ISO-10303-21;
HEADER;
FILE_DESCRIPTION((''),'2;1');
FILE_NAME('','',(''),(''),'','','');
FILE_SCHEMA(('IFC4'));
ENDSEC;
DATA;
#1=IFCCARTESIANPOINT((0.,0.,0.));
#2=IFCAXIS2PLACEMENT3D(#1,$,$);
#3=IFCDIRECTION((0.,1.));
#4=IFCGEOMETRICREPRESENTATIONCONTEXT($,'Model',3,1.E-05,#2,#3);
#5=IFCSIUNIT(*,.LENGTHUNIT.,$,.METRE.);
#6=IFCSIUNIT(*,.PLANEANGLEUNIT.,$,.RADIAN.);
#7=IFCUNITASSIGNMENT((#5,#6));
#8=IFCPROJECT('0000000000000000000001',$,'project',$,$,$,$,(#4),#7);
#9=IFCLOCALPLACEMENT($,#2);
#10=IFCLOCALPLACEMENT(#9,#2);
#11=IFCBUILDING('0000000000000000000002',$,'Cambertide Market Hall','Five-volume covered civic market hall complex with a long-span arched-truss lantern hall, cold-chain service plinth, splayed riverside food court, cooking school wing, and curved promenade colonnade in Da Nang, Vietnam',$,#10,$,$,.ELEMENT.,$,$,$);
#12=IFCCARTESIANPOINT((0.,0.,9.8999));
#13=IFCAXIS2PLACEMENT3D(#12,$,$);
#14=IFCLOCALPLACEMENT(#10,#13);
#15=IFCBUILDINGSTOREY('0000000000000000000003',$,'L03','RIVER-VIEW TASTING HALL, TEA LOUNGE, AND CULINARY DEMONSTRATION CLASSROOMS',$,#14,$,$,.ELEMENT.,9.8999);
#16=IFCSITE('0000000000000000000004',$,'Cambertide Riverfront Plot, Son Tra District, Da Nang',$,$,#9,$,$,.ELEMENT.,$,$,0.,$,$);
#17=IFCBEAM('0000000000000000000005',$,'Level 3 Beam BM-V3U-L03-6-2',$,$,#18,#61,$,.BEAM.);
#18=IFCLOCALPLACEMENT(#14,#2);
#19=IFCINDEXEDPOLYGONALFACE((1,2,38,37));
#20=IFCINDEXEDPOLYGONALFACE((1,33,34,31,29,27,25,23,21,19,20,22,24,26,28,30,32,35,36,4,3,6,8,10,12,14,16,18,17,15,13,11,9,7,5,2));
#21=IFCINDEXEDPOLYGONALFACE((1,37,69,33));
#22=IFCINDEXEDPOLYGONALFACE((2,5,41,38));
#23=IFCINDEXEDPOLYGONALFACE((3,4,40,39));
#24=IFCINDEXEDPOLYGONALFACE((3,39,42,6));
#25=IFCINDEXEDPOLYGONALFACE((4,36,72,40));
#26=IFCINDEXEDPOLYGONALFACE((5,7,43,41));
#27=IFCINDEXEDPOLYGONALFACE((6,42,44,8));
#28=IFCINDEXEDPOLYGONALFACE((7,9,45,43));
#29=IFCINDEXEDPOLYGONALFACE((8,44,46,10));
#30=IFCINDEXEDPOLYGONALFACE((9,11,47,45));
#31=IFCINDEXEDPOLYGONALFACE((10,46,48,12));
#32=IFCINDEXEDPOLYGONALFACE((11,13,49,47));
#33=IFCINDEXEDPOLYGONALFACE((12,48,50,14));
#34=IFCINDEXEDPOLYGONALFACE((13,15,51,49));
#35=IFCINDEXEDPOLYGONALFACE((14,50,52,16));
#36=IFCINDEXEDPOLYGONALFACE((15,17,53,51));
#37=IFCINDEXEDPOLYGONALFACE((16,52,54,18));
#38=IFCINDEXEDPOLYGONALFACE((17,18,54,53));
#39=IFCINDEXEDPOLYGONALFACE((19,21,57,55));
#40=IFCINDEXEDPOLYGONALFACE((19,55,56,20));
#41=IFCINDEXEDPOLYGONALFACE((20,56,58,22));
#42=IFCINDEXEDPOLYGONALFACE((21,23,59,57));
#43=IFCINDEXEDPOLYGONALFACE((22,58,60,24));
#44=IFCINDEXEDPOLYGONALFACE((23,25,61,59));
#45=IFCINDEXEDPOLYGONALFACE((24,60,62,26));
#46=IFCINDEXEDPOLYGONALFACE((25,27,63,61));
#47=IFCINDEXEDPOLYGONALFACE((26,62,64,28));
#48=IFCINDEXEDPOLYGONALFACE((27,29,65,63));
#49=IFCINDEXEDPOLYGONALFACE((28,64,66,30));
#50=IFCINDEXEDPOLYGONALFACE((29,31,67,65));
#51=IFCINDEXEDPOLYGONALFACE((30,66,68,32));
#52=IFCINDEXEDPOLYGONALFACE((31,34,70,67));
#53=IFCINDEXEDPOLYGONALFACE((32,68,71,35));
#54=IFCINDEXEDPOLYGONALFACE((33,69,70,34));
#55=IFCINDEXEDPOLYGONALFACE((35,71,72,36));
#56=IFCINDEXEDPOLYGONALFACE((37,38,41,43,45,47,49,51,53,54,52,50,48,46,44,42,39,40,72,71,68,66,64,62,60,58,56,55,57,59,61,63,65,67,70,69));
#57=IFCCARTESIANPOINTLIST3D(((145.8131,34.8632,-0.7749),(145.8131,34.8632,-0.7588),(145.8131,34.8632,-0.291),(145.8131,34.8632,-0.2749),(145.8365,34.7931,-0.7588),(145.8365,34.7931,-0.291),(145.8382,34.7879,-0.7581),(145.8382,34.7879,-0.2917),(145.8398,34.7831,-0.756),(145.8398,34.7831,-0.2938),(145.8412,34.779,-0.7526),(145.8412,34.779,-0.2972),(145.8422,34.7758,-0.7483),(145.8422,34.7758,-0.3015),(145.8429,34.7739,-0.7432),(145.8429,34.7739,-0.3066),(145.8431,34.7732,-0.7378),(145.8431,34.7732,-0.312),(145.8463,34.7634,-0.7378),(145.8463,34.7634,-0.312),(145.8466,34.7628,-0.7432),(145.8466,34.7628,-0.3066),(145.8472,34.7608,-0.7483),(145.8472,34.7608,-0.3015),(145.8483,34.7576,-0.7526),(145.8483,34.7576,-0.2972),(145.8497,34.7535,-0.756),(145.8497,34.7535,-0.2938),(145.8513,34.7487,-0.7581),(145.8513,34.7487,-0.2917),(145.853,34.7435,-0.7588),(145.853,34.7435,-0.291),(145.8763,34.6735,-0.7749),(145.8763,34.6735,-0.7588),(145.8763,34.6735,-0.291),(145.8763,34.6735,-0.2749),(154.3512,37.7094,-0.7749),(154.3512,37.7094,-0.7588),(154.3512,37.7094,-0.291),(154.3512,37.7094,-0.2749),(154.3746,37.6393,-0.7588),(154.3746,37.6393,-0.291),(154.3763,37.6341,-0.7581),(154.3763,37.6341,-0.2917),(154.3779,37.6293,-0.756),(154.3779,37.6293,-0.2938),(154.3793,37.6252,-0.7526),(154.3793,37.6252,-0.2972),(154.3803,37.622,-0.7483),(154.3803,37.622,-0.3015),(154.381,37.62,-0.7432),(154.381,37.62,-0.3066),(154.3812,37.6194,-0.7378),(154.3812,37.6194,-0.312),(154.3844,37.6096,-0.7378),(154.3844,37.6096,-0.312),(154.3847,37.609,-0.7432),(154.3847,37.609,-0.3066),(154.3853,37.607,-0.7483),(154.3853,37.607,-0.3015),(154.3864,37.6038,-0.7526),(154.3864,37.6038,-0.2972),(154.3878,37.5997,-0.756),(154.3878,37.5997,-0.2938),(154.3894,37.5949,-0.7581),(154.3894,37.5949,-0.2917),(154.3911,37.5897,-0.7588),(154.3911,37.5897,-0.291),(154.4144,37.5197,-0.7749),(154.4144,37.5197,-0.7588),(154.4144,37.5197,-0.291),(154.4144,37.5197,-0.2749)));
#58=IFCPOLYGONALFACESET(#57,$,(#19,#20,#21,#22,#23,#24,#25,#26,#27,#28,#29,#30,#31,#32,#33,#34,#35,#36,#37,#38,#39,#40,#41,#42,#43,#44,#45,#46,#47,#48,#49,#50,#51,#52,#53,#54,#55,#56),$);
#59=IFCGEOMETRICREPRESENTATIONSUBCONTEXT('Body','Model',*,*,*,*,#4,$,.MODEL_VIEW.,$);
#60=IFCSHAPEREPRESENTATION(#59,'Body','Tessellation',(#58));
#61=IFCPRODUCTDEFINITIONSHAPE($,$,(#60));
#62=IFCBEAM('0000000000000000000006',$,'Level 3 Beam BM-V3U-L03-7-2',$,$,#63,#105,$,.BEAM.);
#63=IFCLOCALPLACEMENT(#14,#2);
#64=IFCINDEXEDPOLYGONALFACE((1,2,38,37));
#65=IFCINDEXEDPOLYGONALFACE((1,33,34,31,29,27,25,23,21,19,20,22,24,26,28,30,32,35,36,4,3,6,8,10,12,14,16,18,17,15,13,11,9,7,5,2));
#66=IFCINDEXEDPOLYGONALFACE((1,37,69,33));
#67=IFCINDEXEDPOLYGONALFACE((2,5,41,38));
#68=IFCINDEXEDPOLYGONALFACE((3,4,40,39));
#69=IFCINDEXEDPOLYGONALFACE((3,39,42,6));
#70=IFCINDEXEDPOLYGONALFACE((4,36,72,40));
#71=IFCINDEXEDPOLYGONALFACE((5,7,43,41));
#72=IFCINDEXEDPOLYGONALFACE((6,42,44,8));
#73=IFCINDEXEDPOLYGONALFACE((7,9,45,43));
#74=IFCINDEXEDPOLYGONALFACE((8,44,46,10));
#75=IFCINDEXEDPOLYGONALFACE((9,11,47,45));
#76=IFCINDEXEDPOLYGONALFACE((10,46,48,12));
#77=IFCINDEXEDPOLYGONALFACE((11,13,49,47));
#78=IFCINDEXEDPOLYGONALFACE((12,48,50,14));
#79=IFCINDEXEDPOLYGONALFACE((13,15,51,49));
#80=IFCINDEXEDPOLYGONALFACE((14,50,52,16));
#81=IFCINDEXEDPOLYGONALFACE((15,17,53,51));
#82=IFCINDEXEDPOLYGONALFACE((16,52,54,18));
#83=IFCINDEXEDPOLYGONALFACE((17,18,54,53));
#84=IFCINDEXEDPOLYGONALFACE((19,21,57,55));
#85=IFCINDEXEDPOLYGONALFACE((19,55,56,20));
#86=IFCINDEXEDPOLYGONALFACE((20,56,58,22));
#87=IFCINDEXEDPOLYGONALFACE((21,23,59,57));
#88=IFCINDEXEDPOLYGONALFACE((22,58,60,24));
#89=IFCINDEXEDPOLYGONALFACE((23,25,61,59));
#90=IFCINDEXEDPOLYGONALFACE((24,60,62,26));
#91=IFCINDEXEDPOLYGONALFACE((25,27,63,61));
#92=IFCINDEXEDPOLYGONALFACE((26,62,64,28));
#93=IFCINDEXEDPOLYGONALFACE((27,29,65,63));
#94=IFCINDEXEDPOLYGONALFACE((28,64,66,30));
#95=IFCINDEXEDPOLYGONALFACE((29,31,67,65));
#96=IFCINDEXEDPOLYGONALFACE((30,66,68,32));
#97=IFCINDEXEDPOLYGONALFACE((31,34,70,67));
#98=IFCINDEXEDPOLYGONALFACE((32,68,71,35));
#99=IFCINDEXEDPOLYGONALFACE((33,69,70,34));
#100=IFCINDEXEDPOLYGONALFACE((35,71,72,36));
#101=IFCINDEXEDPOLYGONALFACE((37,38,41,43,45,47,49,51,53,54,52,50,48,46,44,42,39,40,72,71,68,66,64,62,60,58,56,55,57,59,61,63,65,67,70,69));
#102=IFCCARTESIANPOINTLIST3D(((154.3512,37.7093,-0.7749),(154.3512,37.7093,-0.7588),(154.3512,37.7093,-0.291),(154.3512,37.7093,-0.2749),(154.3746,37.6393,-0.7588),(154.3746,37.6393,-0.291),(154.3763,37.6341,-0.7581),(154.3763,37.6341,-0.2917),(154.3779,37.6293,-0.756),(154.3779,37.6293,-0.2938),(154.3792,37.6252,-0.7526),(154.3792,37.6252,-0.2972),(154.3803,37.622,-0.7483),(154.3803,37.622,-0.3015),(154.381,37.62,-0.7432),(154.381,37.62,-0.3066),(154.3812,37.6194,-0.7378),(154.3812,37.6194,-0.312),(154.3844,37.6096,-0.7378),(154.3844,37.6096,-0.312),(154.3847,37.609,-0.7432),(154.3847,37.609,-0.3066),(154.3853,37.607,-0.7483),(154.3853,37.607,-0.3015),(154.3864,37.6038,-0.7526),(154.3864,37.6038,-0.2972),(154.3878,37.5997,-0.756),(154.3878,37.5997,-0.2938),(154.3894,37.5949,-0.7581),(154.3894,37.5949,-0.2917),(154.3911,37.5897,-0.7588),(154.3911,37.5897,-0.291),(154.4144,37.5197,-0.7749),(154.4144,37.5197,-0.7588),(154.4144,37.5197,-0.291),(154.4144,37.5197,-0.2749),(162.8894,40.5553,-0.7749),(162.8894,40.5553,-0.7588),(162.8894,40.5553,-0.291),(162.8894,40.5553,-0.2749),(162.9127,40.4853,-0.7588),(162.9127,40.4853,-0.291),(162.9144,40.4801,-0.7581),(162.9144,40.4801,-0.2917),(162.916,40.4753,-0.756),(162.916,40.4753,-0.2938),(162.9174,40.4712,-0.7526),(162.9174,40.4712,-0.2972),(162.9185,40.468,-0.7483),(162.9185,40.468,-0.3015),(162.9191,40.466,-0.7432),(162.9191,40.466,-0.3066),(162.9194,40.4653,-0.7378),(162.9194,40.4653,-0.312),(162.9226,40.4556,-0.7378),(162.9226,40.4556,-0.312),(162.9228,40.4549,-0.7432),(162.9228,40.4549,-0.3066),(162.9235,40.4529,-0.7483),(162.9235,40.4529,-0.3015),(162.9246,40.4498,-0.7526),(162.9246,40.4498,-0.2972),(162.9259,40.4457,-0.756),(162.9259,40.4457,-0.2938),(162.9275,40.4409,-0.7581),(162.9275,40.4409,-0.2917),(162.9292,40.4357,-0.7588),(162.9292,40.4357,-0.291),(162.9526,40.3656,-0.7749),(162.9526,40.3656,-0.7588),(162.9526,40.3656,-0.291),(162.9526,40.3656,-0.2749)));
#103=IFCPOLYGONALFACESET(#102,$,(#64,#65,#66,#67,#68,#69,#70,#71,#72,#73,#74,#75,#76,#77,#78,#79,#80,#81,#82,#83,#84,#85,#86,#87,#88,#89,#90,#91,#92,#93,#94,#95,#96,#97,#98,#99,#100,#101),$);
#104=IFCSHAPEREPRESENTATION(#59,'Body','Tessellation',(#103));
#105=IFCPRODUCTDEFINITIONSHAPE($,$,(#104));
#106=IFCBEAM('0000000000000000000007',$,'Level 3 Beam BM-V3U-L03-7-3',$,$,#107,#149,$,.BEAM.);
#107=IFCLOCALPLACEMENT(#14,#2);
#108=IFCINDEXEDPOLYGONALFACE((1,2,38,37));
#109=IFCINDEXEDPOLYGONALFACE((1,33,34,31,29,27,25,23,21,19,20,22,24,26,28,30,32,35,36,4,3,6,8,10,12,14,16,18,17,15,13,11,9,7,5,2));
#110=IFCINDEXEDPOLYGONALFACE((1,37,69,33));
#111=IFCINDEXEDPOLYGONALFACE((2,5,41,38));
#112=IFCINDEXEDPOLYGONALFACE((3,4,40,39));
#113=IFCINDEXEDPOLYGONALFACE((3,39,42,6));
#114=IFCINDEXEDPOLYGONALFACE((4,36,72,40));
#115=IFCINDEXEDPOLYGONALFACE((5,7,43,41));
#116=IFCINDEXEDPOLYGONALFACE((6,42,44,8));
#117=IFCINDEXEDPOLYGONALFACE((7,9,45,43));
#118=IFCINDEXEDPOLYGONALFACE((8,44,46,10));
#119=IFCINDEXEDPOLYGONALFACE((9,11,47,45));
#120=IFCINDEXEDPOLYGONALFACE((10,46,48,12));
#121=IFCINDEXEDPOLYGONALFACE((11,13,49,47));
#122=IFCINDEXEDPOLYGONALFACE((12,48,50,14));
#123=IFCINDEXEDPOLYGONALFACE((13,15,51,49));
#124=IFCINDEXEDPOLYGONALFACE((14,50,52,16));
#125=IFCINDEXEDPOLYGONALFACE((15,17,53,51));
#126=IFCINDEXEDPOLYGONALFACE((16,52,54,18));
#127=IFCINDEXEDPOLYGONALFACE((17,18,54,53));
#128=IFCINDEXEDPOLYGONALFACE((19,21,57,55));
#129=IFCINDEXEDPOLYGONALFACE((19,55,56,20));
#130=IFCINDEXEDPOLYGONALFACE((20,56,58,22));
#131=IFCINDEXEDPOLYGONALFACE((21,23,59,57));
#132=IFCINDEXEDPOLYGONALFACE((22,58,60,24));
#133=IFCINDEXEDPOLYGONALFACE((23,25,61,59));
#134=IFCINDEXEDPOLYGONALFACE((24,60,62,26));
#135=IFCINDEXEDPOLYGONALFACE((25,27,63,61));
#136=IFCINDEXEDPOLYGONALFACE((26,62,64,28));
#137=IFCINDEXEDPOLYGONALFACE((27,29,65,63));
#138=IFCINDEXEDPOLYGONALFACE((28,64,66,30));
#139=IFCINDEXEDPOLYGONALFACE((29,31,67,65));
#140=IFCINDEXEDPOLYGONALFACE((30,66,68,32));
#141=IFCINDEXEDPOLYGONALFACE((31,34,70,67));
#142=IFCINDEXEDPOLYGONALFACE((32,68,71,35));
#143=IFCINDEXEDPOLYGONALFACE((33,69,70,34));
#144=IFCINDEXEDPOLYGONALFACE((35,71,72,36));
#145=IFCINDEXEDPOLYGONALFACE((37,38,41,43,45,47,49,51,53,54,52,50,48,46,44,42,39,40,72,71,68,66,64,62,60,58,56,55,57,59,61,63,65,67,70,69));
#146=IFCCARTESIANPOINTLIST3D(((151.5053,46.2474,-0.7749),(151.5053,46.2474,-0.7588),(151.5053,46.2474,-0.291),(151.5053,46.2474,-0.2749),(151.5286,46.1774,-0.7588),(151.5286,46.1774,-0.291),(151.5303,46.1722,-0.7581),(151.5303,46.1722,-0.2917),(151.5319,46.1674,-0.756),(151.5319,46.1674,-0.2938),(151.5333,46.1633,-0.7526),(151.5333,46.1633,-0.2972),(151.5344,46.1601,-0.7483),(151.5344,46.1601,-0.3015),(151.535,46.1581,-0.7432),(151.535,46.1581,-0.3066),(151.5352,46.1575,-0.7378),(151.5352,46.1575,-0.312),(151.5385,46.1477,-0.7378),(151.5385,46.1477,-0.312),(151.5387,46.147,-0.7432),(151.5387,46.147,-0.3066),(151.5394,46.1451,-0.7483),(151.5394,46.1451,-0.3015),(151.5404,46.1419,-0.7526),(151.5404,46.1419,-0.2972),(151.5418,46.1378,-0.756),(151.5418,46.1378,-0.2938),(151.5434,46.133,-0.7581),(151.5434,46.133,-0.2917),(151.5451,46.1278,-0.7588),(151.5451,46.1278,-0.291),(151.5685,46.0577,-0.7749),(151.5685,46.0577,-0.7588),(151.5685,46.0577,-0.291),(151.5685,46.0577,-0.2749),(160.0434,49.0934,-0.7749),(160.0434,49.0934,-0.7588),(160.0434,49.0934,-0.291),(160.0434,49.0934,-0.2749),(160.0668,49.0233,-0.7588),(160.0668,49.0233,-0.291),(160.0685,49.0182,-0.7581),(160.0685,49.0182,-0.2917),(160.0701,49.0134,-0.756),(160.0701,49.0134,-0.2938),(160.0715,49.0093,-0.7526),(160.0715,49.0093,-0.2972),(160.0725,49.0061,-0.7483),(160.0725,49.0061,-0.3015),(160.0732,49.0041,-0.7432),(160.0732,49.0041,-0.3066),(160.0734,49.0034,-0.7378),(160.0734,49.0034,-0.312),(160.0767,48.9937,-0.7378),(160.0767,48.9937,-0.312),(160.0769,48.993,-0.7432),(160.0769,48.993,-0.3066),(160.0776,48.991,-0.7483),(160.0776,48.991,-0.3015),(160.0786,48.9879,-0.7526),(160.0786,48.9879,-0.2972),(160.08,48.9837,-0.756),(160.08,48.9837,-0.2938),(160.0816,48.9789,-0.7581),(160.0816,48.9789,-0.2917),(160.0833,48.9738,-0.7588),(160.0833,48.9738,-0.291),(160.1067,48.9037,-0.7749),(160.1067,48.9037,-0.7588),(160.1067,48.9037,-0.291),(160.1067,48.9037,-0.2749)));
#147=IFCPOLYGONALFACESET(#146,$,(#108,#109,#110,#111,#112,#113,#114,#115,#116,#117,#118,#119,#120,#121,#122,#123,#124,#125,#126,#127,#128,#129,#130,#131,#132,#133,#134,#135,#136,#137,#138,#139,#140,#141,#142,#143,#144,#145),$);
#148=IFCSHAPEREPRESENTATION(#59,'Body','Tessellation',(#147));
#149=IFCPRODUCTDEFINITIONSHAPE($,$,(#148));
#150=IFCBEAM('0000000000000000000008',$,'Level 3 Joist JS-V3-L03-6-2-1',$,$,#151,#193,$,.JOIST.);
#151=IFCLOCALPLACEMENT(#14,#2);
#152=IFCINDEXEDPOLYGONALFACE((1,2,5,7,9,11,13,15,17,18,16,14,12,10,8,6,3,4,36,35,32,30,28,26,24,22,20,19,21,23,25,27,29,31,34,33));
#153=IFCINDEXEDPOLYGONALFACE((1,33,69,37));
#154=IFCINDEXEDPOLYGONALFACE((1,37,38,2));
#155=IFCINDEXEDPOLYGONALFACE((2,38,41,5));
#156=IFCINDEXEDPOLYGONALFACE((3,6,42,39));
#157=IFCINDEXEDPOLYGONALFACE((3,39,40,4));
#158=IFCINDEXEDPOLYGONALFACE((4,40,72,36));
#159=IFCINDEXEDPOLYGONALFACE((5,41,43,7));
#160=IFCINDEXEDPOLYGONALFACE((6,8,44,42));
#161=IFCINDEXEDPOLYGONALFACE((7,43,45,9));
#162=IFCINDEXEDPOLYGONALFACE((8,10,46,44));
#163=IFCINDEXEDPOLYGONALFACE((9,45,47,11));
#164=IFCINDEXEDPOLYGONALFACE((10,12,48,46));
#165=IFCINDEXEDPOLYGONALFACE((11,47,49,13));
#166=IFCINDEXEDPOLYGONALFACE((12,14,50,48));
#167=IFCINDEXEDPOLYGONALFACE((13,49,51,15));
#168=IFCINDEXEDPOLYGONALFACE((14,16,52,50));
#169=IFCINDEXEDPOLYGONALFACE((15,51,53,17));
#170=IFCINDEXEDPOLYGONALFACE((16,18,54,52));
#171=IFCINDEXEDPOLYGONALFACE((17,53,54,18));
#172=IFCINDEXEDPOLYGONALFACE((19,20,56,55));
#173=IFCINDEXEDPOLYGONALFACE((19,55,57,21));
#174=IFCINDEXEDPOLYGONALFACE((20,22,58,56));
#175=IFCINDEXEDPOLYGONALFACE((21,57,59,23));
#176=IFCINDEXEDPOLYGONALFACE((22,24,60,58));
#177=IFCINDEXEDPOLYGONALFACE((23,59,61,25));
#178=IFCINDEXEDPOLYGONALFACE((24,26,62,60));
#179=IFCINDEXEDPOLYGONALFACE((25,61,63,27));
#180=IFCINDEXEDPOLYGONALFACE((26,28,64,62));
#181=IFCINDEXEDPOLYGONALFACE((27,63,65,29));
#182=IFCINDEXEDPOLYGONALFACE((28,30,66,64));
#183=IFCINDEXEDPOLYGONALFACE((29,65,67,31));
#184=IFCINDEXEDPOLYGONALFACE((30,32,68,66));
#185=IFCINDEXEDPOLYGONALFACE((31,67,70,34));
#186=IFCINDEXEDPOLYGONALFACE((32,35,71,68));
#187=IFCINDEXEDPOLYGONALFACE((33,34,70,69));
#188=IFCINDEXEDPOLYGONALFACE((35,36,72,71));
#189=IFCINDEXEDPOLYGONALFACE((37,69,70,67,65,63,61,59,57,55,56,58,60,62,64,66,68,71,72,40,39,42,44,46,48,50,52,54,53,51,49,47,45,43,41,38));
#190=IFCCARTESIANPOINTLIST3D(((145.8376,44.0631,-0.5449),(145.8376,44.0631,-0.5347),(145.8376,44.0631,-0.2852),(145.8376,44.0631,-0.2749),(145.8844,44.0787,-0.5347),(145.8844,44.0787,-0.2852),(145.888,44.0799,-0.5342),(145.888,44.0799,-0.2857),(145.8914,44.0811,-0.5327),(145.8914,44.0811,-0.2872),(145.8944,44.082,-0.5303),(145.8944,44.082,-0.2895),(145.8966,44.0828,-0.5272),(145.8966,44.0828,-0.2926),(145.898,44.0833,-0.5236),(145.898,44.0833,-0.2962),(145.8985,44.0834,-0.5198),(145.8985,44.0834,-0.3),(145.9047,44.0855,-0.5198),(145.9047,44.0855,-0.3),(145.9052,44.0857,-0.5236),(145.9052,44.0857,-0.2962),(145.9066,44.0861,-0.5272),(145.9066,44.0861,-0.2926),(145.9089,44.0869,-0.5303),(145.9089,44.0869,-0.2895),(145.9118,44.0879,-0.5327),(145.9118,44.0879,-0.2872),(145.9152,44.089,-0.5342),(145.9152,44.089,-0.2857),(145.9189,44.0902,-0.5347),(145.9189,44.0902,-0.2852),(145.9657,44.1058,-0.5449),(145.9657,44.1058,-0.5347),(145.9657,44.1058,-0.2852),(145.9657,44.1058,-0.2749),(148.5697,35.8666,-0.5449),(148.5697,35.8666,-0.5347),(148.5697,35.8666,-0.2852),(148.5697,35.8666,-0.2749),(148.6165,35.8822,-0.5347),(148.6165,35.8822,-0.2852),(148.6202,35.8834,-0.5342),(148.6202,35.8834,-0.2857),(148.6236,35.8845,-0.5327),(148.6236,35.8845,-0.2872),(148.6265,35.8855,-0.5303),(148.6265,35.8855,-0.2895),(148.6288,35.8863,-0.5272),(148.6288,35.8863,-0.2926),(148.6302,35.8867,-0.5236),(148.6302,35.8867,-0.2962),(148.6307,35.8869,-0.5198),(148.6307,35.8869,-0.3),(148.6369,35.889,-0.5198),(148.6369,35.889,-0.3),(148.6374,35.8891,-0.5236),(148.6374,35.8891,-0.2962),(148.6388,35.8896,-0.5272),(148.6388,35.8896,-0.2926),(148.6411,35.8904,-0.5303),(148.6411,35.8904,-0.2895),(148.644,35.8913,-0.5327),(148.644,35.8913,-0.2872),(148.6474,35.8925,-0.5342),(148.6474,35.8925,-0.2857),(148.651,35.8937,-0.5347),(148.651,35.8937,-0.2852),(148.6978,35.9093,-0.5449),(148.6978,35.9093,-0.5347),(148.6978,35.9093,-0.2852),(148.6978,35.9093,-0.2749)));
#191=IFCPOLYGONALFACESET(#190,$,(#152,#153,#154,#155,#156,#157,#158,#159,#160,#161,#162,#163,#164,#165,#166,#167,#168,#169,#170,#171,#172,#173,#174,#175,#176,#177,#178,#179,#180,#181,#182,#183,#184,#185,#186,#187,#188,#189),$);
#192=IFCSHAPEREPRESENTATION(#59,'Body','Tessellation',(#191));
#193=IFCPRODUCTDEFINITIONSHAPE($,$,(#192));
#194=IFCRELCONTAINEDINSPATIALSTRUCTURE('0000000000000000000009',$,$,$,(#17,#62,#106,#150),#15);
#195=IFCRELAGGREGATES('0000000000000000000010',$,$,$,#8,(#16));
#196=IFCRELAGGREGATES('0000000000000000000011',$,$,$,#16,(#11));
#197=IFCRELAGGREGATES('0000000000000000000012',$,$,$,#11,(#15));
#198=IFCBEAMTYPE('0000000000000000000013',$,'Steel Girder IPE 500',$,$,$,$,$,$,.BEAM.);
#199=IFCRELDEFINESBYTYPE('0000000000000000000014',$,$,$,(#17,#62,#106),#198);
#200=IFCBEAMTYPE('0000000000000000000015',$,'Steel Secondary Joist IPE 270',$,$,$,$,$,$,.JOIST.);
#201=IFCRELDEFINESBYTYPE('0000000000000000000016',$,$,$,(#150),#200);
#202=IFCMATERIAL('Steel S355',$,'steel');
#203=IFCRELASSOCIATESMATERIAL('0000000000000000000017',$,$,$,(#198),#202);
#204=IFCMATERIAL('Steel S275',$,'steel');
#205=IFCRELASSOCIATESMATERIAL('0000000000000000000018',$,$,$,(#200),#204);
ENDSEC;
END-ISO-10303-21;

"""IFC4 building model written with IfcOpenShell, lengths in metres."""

from ifc_helpers import new_model, si_unit, direction, frame, origin, origin_2d, place, context, subcontext, project, spatial, i_section, extrude, material, material_profile, profile_set, type_object, element, save


model = new_model("IFC4")

# Units and contexts
model_context = context("Model", 3, precision=1e-05, world=origin(), true_north=direction((0.0, 1.0)))
body_context = subcontext(model_context, "Body", "Model", "MODEL_VIEW")
ifc_project = project(units=[si_unit("LENGTHUNIT", "METRE"), si_unit("PLANEANGLEUNIT", "RADIAN")], contexts=[model_context])

# Site, building, storey
site_placement = place(None, origin())
site = spatial("IfcSite", under=ifc_project, at=site_placement, Name="Cambertide Riverfront Plot, Son Tra District, Da Nang", CompositionType="ELEMENT", RefElevation=0.0)
building_placement = place(site_placement, origin())
building = spatial("IfcBuilding", under=site, at=building_placement, Name="Cambertide Market Hall", Description="Five-volume covered civic market hall complex with a long-span arched-truss lantern hall, cold-chain service plinth, splayed riverside food court, cooking school wing, and curved promenade colonnade in Da Nang, Vietnam", CompositionType="ELEMENT")
storey_placement = place(building_placement, frame((0.0, 0.0, 9.8999)))
storey = spatial("IfcBuildingStorey", under=building, at=storey_placement, Name="L03", Description="RIVER-VIEW TASTING HALL, TEA LOUNGE, AND CULINARY DEMONSTRATION CLASSROOMS", CompositionType="ELEMENT", Elevation=9.8999)

# Beams
ifc_material_1 = material(Name="Steel S355", Category="steel")
ifc_material_profile_1 = material_profile(ifc_material_1, i_section(OverallWidth=0.2, OverallDepth=0.5, WebThickness=0.0103, FlangeThickness=0.0161, FilletRadius=0.021, at=origin_2d()), Name="IPE 500")
ifc_profile_set_1 = profile_set([ifc_material_profile_1], Name="Steel S355")
beam_type_1 = type_object("IfcBeamType", Name="Steel Girder IPE 500", PredefinedType="BEAM", material=ifc_profile_set_1)
for number, where, z_axis, x_axis, name in (
    (1, (145.8447, 34.7683, -0.5249), (0.948678, 0.316244, 0.0), (-0.316244, 0.948678, 0.0), "Level 3 Beam BM-V3U-L03-6-2"),
    (2, (154.3828, 37.6145, -0.5249), (0.948686, 0.31622, 0.0), (-0.31622, 0.948686, 0.0), "Level 3 Beam BM-V3U-L03-7-2"),
    (3, (151.5369, 46.1526, -0.5249), (0.948686, 0.31622, 0.0), (-0.31622, 0.948686, 0.0), "Level 3 Beam BM-V3U-L03-7-3"),
):
    element("IfcBeam", number, at=place(storey_placement, frame(where, z_axis=z_axis, x_axis=x_axis)), inside=storey, type_object=beam_type_1, Name=name, PredefinedType="BEAM", context=body_context, shape_type="SweptSolid", body=[
        extrude(i_section(OverallWidth=0.2, OverallDepth=0.5, WebThickness=0.0103, FlangeThickness=0.0161, FilletRadius=0.021, at=origin_2d()), origin(), (0.0, 0.0, 1.0), 9.0),
    ])
ifc_material_2 = material(Name="Steel S275", Category="steel")
ifc_material_profile_2 = material_profile(ifc_material_2, i_section(OverallWidth=0.135, OverallDepth=0.27, WebThickness=0.0066, FlangeThickness=0.0103, FilletRadius=0.0149, at=origin_2d()), Name="IPE 270")
ifc_profile_set_2 = profile_set([ifc_material_profile_2], Name="Steel S275")
beam_type_2 = type_object("IfcBeamType", Name="Steel Secondary Joist IPE 270", PredefinedType="JOIST", material=ifc_profile_set_2)
beam_1_placement = place(storey_placement, frame((148.6338, 35.8879, -0.4099), z_axis=(-0.316228, 0.948683, 0.0), x_axis=(-0.948683, -0.316228, 0.0)))
element("IfcBeam", 4, at=beam_1_placement, inside=storey, type_object=beam_type_2, Name="Level 3 Joist JS-V3-L03-6-2-1", PredefinedType="JOIST", context=body_context, shape_type="SweptSolid", body=[
    extrude(i_section(OverallWidth=0.135, OverallDepth=0.27, WebThickness=0.0066, FlangeThickness=0.0103, FilletRadius=0.0149, at=origin_2d()), origin(), (0.0, 0.0, 1.0), 8.6399),
])

save(model, "model.ifc")
